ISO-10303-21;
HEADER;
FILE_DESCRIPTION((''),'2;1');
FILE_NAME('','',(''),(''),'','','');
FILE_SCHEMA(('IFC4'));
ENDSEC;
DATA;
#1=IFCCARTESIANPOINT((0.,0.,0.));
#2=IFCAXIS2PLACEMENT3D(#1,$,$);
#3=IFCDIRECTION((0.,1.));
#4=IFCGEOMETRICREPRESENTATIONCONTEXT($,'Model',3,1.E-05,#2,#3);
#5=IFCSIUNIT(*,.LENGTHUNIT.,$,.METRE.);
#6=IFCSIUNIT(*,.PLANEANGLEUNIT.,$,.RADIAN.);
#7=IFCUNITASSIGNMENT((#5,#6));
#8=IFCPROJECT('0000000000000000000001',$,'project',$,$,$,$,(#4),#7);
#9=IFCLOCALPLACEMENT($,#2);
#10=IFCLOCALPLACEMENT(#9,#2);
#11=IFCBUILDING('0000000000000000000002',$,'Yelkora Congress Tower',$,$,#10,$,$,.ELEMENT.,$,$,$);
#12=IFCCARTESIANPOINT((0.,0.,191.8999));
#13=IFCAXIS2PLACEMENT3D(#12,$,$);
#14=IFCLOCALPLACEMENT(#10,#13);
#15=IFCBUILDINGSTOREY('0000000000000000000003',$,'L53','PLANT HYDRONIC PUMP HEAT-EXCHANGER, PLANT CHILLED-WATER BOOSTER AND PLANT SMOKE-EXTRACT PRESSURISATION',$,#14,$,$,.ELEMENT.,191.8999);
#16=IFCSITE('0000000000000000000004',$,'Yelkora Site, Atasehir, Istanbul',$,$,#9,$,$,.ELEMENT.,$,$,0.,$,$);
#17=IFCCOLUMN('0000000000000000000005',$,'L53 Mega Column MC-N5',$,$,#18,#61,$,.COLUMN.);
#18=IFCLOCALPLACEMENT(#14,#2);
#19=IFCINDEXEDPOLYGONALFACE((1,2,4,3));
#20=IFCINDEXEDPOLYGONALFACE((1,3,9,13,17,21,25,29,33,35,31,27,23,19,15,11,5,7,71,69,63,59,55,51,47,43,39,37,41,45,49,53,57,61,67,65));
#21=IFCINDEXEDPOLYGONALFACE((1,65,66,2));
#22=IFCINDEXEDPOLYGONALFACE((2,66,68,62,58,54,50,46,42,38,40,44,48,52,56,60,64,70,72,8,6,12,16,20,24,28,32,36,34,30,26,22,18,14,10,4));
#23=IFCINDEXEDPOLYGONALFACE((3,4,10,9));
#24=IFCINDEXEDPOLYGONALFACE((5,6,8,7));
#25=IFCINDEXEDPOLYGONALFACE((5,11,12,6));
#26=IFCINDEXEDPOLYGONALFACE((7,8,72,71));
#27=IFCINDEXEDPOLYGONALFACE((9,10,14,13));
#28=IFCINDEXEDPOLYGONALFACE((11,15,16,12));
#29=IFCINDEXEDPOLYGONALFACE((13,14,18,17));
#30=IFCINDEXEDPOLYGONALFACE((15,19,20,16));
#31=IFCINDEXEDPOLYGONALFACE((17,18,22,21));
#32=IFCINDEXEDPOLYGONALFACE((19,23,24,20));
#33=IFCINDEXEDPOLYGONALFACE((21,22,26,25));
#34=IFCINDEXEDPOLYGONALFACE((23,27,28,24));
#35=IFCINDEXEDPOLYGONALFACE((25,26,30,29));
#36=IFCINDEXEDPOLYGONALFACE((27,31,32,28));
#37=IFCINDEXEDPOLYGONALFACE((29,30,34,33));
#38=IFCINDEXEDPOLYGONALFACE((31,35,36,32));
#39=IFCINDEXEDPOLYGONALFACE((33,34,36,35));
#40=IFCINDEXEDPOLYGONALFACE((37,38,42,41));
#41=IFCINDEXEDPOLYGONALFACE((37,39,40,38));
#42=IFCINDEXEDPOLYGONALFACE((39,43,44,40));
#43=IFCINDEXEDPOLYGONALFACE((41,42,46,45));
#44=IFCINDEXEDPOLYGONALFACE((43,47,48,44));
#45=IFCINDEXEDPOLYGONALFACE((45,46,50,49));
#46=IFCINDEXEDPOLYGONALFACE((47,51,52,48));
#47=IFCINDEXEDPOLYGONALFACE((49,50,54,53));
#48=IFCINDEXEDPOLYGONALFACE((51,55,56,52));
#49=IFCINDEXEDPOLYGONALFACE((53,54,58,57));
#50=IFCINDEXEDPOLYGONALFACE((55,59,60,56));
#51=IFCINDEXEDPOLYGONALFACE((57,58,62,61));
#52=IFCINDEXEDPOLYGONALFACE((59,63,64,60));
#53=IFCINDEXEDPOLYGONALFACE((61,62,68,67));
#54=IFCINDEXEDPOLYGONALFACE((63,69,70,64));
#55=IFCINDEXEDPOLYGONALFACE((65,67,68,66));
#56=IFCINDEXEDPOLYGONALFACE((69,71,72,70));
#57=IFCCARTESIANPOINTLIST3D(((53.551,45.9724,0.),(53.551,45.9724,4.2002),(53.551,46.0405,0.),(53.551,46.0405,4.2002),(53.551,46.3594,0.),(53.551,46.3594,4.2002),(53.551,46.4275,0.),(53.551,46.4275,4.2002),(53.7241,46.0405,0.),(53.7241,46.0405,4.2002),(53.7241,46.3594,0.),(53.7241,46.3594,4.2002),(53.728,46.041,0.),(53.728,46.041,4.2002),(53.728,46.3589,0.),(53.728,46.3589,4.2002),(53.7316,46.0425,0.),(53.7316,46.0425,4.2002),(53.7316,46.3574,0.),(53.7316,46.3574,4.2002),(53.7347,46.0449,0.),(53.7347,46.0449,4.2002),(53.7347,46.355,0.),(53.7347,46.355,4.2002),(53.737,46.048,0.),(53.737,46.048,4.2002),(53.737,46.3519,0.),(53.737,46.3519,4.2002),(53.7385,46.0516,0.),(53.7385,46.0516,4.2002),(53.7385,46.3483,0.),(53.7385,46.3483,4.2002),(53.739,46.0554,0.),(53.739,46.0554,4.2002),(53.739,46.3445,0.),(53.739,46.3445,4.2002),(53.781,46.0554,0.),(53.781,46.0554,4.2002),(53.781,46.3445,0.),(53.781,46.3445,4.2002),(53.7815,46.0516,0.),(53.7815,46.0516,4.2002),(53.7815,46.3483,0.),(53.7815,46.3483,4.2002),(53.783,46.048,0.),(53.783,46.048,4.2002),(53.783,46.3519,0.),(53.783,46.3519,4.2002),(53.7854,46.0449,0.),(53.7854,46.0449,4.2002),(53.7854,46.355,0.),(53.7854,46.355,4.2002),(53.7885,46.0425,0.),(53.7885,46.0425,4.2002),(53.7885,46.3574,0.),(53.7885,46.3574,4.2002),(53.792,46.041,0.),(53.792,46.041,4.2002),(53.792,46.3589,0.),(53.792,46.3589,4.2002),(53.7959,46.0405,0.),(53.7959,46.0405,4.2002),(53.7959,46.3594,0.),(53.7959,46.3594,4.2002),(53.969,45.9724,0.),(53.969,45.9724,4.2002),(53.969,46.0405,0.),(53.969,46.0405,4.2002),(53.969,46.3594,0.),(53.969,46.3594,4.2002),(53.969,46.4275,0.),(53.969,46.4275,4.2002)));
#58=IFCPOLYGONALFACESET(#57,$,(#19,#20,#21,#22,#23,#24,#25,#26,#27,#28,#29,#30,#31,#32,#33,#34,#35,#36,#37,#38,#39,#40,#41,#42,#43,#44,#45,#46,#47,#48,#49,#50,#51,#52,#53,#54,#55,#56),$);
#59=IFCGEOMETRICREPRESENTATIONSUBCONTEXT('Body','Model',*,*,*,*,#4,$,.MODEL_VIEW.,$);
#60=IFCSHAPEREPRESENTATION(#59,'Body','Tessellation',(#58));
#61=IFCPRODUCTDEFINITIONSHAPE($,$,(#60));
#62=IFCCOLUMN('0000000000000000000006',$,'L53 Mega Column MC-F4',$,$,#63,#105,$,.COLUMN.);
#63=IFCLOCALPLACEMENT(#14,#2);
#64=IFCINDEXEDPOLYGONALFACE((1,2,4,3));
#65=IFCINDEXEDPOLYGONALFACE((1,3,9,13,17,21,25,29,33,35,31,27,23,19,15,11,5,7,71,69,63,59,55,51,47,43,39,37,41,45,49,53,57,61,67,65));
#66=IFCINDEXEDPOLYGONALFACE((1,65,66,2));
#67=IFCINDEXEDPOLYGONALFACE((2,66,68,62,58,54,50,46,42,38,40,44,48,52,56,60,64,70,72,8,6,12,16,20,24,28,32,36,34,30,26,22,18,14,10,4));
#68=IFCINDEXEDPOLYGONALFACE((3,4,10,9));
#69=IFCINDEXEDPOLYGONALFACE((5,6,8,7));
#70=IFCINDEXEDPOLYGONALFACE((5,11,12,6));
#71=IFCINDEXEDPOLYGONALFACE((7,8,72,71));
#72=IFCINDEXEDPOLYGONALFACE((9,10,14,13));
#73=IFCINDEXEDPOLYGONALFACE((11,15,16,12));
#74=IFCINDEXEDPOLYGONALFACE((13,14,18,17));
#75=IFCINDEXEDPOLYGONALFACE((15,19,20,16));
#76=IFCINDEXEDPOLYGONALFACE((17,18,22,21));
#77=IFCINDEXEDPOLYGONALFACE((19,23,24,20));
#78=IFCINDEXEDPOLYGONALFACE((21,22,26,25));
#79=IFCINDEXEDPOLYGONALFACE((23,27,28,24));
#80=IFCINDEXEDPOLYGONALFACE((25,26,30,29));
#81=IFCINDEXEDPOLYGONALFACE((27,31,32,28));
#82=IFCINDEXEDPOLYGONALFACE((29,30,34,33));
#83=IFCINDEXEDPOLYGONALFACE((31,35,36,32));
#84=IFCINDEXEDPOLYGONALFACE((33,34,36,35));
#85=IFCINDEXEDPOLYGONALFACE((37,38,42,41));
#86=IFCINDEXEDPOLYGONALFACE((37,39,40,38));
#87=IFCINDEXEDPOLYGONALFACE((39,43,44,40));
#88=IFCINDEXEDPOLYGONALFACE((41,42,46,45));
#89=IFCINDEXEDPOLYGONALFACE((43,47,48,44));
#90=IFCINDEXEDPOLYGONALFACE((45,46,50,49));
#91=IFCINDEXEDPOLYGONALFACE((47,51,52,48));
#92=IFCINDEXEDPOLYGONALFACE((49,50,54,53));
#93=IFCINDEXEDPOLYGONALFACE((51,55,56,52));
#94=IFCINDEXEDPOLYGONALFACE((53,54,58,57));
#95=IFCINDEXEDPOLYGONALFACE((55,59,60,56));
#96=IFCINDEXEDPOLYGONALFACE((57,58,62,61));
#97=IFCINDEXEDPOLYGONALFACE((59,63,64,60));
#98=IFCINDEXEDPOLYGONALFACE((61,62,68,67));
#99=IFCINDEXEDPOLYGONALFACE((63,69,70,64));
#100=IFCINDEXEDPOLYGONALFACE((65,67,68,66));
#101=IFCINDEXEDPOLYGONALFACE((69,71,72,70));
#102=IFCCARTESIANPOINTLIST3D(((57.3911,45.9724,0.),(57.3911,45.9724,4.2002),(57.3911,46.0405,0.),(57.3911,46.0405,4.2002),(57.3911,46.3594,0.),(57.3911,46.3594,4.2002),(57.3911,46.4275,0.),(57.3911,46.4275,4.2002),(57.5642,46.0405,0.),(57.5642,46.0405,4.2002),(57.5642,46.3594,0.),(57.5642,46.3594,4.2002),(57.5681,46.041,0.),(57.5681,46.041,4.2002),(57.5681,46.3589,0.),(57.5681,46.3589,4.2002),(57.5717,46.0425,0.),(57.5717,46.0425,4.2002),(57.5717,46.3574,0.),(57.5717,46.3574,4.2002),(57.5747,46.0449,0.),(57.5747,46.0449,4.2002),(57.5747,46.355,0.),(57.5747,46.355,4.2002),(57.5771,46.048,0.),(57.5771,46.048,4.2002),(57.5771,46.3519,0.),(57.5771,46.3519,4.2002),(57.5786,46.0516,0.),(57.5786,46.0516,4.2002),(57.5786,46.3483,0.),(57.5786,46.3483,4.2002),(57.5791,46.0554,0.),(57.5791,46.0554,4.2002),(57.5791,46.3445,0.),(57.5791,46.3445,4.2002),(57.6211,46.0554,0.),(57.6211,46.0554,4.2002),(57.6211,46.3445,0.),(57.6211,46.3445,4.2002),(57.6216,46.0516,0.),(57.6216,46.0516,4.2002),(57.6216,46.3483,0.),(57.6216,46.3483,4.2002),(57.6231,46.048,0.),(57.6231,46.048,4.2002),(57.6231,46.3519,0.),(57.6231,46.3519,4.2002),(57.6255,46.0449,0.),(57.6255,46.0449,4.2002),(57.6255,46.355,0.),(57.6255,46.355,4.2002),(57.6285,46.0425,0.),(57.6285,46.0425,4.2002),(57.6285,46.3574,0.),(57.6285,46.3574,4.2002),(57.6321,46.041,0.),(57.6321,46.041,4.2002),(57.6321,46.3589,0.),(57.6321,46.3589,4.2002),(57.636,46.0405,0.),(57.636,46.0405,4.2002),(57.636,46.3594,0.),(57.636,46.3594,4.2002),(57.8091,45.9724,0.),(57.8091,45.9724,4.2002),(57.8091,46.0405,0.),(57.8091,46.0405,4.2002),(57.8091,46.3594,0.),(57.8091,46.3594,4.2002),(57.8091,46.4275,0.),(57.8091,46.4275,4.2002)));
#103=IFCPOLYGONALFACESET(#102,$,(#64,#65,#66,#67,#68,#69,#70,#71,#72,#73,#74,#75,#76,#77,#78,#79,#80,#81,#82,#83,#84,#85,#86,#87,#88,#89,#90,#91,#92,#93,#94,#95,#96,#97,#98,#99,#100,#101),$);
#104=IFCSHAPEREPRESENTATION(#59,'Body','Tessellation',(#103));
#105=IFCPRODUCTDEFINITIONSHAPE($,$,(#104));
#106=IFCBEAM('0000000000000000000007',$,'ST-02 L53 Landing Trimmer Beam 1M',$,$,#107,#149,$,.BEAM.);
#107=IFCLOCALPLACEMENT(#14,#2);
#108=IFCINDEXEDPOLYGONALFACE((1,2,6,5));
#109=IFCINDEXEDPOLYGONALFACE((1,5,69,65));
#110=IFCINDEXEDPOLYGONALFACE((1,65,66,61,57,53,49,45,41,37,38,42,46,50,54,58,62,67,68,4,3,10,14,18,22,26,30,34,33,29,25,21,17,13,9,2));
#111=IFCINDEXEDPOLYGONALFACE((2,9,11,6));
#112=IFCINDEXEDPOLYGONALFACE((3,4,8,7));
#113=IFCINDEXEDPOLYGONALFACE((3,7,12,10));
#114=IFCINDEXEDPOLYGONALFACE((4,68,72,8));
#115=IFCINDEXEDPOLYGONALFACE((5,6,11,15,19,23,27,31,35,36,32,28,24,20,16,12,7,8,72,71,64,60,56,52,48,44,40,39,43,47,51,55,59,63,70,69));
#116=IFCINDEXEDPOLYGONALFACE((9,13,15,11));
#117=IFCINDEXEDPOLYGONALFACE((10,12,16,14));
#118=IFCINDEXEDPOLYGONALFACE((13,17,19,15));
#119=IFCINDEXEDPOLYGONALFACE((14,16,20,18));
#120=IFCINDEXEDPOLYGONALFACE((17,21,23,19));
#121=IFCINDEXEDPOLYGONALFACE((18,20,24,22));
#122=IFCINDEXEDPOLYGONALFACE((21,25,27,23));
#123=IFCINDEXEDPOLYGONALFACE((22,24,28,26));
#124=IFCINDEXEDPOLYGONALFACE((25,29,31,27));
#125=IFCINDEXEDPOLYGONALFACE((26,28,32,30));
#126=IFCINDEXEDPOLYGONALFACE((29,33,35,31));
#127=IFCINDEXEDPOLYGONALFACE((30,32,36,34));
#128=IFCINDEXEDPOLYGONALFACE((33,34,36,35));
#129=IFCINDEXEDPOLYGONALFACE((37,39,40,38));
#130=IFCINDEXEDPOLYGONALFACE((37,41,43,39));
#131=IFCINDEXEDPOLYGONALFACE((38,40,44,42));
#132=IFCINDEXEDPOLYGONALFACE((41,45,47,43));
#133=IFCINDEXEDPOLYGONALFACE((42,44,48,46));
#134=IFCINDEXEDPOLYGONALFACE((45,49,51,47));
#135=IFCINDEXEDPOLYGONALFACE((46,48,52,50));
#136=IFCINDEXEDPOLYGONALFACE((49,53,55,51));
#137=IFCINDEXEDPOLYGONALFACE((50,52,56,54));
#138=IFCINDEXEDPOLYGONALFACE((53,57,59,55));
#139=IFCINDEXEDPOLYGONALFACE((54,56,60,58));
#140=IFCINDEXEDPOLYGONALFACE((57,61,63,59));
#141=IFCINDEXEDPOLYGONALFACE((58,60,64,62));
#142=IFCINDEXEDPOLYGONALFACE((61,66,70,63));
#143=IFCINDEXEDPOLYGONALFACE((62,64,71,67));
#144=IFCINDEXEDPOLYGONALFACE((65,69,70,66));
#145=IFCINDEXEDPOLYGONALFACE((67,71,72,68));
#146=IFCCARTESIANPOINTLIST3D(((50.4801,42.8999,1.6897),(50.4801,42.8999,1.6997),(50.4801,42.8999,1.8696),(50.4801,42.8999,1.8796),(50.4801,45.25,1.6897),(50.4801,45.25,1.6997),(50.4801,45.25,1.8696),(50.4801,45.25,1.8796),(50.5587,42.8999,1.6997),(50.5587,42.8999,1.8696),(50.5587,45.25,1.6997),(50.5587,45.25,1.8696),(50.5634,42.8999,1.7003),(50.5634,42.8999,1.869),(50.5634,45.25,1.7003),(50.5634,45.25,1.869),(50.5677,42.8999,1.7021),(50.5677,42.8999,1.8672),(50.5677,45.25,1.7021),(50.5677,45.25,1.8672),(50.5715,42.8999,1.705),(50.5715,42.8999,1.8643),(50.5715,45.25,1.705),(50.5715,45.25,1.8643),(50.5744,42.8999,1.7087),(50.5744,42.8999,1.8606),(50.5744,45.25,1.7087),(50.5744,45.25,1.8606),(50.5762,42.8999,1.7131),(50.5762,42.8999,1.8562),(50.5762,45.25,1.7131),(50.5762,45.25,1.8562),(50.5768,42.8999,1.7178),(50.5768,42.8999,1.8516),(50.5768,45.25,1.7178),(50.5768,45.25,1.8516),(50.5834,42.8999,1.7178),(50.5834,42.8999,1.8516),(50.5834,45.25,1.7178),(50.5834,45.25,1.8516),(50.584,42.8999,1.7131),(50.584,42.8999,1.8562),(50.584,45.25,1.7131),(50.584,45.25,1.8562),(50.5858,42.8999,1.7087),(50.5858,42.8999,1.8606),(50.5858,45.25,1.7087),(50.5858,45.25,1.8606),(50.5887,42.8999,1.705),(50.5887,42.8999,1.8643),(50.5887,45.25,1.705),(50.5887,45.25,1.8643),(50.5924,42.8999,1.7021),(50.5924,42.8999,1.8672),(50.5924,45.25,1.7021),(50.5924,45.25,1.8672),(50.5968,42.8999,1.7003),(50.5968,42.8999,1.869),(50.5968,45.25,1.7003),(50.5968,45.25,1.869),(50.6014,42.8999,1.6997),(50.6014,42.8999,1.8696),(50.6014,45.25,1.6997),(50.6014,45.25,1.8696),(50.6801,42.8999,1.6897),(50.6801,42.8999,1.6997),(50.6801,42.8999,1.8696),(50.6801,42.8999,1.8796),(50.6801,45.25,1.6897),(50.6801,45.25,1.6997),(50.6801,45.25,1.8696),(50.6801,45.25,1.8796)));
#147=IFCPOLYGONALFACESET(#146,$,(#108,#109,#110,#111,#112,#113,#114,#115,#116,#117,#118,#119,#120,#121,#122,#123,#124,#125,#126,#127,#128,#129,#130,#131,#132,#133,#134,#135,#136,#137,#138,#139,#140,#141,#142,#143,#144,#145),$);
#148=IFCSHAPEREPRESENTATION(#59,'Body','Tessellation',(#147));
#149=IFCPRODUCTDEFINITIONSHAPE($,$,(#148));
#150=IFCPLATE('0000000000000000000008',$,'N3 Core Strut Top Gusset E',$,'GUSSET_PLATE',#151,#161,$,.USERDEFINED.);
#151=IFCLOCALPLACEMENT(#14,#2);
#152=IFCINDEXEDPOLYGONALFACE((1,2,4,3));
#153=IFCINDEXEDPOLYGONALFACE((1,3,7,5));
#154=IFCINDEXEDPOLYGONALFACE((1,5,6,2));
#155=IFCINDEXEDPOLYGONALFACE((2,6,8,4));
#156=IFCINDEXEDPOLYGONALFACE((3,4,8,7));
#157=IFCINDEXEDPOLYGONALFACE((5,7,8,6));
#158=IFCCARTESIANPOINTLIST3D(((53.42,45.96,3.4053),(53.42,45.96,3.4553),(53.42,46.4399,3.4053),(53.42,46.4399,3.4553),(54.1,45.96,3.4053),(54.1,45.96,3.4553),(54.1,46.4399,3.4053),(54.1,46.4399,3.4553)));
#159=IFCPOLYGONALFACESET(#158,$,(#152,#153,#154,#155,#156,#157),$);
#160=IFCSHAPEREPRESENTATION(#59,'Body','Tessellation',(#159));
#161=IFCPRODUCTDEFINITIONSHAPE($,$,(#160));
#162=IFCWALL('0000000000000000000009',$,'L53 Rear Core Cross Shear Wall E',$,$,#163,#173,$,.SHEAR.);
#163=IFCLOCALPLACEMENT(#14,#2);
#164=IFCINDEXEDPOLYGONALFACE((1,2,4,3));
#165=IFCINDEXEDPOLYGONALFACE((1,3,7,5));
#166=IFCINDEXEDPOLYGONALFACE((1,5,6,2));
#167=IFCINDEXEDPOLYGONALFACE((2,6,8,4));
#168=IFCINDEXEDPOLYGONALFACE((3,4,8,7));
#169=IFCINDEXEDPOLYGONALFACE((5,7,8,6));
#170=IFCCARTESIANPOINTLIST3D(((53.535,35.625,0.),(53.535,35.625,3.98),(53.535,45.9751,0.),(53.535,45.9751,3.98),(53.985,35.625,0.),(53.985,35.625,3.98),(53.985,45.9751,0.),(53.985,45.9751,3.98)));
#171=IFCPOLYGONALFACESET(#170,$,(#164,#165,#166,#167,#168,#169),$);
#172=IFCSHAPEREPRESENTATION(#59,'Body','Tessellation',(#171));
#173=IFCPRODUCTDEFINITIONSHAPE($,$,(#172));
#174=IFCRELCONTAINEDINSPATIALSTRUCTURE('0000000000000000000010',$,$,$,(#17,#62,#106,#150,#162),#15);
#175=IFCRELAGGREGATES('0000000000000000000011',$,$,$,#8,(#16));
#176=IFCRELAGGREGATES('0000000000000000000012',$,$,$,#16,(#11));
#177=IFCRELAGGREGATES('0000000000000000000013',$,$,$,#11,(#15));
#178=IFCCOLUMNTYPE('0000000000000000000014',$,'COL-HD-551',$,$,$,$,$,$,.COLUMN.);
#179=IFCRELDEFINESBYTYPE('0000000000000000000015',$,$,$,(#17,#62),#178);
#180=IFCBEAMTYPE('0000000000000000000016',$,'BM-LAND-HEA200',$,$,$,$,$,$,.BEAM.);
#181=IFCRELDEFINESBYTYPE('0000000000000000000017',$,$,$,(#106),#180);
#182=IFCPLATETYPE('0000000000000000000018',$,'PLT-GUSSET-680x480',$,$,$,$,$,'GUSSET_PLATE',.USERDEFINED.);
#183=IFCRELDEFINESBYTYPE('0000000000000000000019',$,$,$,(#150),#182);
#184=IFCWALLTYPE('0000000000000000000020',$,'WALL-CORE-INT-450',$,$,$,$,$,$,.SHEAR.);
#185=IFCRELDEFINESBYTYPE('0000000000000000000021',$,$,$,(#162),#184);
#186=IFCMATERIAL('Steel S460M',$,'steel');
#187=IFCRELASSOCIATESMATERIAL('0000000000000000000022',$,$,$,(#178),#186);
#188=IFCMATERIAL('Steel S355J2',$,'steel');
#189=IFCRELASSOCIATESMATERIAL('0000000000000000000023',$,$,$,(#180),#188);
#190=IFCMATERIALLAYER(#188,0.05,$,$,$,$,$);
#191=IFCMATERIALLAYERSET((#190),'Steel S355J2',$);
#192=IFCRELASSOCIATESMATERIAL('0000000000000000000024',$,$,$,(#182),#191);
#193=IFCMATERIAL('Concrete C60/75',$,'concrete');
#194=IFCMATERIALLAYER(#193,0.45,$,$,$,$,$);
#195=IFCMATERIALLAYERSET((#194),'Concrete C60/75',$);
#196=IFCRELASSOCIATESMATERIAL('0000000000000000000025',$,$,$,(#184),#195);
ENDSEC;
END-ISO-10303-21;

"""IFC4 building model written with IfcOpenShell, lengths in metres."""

from ifc_helpers import new_model, si_unit, direction, frame, frame_2d, origin, origin_2d, place, context, subcontext, project, spatial, rectangle, i_section, extrude, material, layer, layer_set, material_profile, profile_set, type_object, element, save


model = new_model("IFC4")

# Units and contexts
model_context = context("Model", 3, precision=1e-05, world=origin(), true_north=direction((0.0, 1.0)))
body_context = subcontext(model_context, "Body", "Model", "MODEL_VIEW")
ifc_project = project(units=[si_unit("LENGTHUNIT", "METRE"), si_unit("PLANEANGLEUNIT", "RADIAN")], contexts=[model_context])

# Site, building, storey
site_placement = place(None, origin())
site = spatial("IfcSite", under=ifc_project, at=site_placement, Name="Yelkora Site, Atasehir, Istanbul", CompositionType="ELEMENT", RefElevation=0.0)
building_placement = place(site_placement, origin())
building = spatial("IfcBuilding", under=site, at=building_placement, Name="Yelkora Congress Tower", CompositionType="ELEMENT")
storey_placement = place(building_placement, frame((0.0, 0.0, 191.8999)))
storey = spatial("IfcBuildingStorey", under=building, at=storey_placement, Name="L53", Description="PLANT HYDRONIC PUMP HEAT-EXCHANGER, PLANT CHILLED-WATER BOOSTER AND PLANT SMOKE-EXTRACT PRESSURISATION", CompositionType="ELEMENT", Elevation=191.8999)

# Columns
ifc_material_1 = material(Name="Steel S460M", Category="steel")
ifc_material_profile_1 = material_profile(ifc_material_1, i_section(OverallWidth=0.418, OverallDepth=0.4551, WebThickness=0.042, FlangeThickness=0.0681, FilletRadius=0.0149, at=origin_2d()), Name="HD 400x551")
ifc_profile_set_1 = profile_set([ifc_material_profile_1], Name="Steel S460M")
column_type = type_object("IfcColumnType", Name="COL-HD-551", PredefinedType="COLUMN", material=ifc_profile_set_1)
for number, where, z_axis, x_axis, name in (
    (1, (53.76, 46.2, 0.0), (0.0, 0.0, 1.0), (1.0, 0.0, 0.0), "L53 Mega Column MC-N5"),
    (2, (57.6001, 46.2, 0.0), (0.0, 0.0, 1.0), (1.0, 0.0, 0.0), "L53 Mega Column MC-F4"),
):
    element("IfcColumn", number, at=place(storey_placement, frame(where, z_axis=z_axis, x_axis=x_axis)), inside=storey, type_object=column_type, Name=name, PredefinedType="COLUMN", context=body_context, shape_type="SweptSolid", body=[
        extrude(i_section(OverallWidth=0.418, OverallDepth=0.4551, WebThickness=0.042, FlangeThickness=0.0681, FilletRadius=0.0149, at=origin_2d()), origin(), (0.0, 0.0, 1.0), 4.2002),
    ])

# Beam
ifc_material_2 = material(Name="Steel S355J2", Category="steel")
ifc_material_profile_2 = material_profile(ifc_material_2, i_section(OverallWidth=0.2, OverallDepth=0.1899, WebThickness=0.0066, FlangeThickness=0.01, FilletRadius=0.0181, at=origin_2d()), Name="HEA 200")
ifc_profile_set_2 = profile_set([ifc_material_profile_2], Name="Steel S355J2")
beam_type = type_object("IfcBeamType", Name="BM-LAND-HEA200", PredefinedType="BEAM", material=ifc_profile_set_2)
beam_placement = place(storey_placement, frame((50.5801, 42.8999, 1.7847), z_axis=(0.0, 1.0, 0.0), x_axis=(-1.0, 0.0, 0.0)))
element("IfcBeam", 3, at=beam_placement, inside=storey, type_object=beam_type, Name="ST-02 L53 Landing Trimmer Beam 1M", PredefinedType="BEAM", context=body_context, shape_type="SweptSolid", body=[
    extrude(i_section(OverallWidth=0.2, OverallDepth=0.1899, WebThickness=0.0066, FlangeThickness=0.01, FilletRadius=0.0181, at=origin_2d()), origin(), (0.0, 0.0, 1.0), 2.3501),
])

# Plate
ifc_layer_1 = layer(ifc_material_2, 0.05)
ifc_layer_set_1 = layer_set([ifc_layer_1], Name="Steel S355J2")
plate_type = type_object("IfcPlateType", Name="PLT-GUSSET-680x480", ElementType="GUSSET_PLATE", PredefinedType="USERDEFINED", material=ifc_layer_set_1)
plate_placement = place(storey_placement, frame((53.76, 46.2, 3.4053), z_axis=(0.0, 0.0, 1.0), x_axis=(1.0, 0.0, 0.0)))
element("IfcPlate", 4, at=plate_placement, inside=storey, type_object=plate_type, Name="N3 Core Strut Top Gusset E", ObjectType="GUSSET_PLATE", PredefinedType="USERDEFINED", context=body_context, shape_type="SweptSolid", body=[
    extrude(rectangle(XDim=0.6799, YDim=0.48, at=origin_2d()), origin(), (0.0, 0.0, 1.0), 0.05),
])

# Wall
ifc_material_3 = material(Name="Concrete C60/75", Category="concrete")
ifc_layer_2 = layer(ifc_material_3, 0.45)
ifc_layer_set_2 = layer_set([ifc_layer_2], Name="Concrete C60/75")
wall_type = type_object("IfcWallType", Name="WALL-CORE-INT-450", PredefinedType="SHEAR", material=ifc_layer_set_2)
wall_placement = place(storey_placement, frame((53.76, 35.625, 0.0), z_axis=(0.0, 0.0, 1.0), x_axis=(0.0, 1.0, 0.0)))
element("IfcWall", 5, at=wall_placement, inside=storey, type_object=wall_type, Name="L53 Rear Core Cross Shear Wall E", PredefinedType="SHEAR", context=body_context, shape_type="SweptSolid", body=[
    extrude(rectangle(XDim=10.3501, YDim=0.45, at=frame_2d((5.175, 0.0))), origin(), (0.0, 0.0, 1.0), 3.98),
])

save(model, "model.ifc")
